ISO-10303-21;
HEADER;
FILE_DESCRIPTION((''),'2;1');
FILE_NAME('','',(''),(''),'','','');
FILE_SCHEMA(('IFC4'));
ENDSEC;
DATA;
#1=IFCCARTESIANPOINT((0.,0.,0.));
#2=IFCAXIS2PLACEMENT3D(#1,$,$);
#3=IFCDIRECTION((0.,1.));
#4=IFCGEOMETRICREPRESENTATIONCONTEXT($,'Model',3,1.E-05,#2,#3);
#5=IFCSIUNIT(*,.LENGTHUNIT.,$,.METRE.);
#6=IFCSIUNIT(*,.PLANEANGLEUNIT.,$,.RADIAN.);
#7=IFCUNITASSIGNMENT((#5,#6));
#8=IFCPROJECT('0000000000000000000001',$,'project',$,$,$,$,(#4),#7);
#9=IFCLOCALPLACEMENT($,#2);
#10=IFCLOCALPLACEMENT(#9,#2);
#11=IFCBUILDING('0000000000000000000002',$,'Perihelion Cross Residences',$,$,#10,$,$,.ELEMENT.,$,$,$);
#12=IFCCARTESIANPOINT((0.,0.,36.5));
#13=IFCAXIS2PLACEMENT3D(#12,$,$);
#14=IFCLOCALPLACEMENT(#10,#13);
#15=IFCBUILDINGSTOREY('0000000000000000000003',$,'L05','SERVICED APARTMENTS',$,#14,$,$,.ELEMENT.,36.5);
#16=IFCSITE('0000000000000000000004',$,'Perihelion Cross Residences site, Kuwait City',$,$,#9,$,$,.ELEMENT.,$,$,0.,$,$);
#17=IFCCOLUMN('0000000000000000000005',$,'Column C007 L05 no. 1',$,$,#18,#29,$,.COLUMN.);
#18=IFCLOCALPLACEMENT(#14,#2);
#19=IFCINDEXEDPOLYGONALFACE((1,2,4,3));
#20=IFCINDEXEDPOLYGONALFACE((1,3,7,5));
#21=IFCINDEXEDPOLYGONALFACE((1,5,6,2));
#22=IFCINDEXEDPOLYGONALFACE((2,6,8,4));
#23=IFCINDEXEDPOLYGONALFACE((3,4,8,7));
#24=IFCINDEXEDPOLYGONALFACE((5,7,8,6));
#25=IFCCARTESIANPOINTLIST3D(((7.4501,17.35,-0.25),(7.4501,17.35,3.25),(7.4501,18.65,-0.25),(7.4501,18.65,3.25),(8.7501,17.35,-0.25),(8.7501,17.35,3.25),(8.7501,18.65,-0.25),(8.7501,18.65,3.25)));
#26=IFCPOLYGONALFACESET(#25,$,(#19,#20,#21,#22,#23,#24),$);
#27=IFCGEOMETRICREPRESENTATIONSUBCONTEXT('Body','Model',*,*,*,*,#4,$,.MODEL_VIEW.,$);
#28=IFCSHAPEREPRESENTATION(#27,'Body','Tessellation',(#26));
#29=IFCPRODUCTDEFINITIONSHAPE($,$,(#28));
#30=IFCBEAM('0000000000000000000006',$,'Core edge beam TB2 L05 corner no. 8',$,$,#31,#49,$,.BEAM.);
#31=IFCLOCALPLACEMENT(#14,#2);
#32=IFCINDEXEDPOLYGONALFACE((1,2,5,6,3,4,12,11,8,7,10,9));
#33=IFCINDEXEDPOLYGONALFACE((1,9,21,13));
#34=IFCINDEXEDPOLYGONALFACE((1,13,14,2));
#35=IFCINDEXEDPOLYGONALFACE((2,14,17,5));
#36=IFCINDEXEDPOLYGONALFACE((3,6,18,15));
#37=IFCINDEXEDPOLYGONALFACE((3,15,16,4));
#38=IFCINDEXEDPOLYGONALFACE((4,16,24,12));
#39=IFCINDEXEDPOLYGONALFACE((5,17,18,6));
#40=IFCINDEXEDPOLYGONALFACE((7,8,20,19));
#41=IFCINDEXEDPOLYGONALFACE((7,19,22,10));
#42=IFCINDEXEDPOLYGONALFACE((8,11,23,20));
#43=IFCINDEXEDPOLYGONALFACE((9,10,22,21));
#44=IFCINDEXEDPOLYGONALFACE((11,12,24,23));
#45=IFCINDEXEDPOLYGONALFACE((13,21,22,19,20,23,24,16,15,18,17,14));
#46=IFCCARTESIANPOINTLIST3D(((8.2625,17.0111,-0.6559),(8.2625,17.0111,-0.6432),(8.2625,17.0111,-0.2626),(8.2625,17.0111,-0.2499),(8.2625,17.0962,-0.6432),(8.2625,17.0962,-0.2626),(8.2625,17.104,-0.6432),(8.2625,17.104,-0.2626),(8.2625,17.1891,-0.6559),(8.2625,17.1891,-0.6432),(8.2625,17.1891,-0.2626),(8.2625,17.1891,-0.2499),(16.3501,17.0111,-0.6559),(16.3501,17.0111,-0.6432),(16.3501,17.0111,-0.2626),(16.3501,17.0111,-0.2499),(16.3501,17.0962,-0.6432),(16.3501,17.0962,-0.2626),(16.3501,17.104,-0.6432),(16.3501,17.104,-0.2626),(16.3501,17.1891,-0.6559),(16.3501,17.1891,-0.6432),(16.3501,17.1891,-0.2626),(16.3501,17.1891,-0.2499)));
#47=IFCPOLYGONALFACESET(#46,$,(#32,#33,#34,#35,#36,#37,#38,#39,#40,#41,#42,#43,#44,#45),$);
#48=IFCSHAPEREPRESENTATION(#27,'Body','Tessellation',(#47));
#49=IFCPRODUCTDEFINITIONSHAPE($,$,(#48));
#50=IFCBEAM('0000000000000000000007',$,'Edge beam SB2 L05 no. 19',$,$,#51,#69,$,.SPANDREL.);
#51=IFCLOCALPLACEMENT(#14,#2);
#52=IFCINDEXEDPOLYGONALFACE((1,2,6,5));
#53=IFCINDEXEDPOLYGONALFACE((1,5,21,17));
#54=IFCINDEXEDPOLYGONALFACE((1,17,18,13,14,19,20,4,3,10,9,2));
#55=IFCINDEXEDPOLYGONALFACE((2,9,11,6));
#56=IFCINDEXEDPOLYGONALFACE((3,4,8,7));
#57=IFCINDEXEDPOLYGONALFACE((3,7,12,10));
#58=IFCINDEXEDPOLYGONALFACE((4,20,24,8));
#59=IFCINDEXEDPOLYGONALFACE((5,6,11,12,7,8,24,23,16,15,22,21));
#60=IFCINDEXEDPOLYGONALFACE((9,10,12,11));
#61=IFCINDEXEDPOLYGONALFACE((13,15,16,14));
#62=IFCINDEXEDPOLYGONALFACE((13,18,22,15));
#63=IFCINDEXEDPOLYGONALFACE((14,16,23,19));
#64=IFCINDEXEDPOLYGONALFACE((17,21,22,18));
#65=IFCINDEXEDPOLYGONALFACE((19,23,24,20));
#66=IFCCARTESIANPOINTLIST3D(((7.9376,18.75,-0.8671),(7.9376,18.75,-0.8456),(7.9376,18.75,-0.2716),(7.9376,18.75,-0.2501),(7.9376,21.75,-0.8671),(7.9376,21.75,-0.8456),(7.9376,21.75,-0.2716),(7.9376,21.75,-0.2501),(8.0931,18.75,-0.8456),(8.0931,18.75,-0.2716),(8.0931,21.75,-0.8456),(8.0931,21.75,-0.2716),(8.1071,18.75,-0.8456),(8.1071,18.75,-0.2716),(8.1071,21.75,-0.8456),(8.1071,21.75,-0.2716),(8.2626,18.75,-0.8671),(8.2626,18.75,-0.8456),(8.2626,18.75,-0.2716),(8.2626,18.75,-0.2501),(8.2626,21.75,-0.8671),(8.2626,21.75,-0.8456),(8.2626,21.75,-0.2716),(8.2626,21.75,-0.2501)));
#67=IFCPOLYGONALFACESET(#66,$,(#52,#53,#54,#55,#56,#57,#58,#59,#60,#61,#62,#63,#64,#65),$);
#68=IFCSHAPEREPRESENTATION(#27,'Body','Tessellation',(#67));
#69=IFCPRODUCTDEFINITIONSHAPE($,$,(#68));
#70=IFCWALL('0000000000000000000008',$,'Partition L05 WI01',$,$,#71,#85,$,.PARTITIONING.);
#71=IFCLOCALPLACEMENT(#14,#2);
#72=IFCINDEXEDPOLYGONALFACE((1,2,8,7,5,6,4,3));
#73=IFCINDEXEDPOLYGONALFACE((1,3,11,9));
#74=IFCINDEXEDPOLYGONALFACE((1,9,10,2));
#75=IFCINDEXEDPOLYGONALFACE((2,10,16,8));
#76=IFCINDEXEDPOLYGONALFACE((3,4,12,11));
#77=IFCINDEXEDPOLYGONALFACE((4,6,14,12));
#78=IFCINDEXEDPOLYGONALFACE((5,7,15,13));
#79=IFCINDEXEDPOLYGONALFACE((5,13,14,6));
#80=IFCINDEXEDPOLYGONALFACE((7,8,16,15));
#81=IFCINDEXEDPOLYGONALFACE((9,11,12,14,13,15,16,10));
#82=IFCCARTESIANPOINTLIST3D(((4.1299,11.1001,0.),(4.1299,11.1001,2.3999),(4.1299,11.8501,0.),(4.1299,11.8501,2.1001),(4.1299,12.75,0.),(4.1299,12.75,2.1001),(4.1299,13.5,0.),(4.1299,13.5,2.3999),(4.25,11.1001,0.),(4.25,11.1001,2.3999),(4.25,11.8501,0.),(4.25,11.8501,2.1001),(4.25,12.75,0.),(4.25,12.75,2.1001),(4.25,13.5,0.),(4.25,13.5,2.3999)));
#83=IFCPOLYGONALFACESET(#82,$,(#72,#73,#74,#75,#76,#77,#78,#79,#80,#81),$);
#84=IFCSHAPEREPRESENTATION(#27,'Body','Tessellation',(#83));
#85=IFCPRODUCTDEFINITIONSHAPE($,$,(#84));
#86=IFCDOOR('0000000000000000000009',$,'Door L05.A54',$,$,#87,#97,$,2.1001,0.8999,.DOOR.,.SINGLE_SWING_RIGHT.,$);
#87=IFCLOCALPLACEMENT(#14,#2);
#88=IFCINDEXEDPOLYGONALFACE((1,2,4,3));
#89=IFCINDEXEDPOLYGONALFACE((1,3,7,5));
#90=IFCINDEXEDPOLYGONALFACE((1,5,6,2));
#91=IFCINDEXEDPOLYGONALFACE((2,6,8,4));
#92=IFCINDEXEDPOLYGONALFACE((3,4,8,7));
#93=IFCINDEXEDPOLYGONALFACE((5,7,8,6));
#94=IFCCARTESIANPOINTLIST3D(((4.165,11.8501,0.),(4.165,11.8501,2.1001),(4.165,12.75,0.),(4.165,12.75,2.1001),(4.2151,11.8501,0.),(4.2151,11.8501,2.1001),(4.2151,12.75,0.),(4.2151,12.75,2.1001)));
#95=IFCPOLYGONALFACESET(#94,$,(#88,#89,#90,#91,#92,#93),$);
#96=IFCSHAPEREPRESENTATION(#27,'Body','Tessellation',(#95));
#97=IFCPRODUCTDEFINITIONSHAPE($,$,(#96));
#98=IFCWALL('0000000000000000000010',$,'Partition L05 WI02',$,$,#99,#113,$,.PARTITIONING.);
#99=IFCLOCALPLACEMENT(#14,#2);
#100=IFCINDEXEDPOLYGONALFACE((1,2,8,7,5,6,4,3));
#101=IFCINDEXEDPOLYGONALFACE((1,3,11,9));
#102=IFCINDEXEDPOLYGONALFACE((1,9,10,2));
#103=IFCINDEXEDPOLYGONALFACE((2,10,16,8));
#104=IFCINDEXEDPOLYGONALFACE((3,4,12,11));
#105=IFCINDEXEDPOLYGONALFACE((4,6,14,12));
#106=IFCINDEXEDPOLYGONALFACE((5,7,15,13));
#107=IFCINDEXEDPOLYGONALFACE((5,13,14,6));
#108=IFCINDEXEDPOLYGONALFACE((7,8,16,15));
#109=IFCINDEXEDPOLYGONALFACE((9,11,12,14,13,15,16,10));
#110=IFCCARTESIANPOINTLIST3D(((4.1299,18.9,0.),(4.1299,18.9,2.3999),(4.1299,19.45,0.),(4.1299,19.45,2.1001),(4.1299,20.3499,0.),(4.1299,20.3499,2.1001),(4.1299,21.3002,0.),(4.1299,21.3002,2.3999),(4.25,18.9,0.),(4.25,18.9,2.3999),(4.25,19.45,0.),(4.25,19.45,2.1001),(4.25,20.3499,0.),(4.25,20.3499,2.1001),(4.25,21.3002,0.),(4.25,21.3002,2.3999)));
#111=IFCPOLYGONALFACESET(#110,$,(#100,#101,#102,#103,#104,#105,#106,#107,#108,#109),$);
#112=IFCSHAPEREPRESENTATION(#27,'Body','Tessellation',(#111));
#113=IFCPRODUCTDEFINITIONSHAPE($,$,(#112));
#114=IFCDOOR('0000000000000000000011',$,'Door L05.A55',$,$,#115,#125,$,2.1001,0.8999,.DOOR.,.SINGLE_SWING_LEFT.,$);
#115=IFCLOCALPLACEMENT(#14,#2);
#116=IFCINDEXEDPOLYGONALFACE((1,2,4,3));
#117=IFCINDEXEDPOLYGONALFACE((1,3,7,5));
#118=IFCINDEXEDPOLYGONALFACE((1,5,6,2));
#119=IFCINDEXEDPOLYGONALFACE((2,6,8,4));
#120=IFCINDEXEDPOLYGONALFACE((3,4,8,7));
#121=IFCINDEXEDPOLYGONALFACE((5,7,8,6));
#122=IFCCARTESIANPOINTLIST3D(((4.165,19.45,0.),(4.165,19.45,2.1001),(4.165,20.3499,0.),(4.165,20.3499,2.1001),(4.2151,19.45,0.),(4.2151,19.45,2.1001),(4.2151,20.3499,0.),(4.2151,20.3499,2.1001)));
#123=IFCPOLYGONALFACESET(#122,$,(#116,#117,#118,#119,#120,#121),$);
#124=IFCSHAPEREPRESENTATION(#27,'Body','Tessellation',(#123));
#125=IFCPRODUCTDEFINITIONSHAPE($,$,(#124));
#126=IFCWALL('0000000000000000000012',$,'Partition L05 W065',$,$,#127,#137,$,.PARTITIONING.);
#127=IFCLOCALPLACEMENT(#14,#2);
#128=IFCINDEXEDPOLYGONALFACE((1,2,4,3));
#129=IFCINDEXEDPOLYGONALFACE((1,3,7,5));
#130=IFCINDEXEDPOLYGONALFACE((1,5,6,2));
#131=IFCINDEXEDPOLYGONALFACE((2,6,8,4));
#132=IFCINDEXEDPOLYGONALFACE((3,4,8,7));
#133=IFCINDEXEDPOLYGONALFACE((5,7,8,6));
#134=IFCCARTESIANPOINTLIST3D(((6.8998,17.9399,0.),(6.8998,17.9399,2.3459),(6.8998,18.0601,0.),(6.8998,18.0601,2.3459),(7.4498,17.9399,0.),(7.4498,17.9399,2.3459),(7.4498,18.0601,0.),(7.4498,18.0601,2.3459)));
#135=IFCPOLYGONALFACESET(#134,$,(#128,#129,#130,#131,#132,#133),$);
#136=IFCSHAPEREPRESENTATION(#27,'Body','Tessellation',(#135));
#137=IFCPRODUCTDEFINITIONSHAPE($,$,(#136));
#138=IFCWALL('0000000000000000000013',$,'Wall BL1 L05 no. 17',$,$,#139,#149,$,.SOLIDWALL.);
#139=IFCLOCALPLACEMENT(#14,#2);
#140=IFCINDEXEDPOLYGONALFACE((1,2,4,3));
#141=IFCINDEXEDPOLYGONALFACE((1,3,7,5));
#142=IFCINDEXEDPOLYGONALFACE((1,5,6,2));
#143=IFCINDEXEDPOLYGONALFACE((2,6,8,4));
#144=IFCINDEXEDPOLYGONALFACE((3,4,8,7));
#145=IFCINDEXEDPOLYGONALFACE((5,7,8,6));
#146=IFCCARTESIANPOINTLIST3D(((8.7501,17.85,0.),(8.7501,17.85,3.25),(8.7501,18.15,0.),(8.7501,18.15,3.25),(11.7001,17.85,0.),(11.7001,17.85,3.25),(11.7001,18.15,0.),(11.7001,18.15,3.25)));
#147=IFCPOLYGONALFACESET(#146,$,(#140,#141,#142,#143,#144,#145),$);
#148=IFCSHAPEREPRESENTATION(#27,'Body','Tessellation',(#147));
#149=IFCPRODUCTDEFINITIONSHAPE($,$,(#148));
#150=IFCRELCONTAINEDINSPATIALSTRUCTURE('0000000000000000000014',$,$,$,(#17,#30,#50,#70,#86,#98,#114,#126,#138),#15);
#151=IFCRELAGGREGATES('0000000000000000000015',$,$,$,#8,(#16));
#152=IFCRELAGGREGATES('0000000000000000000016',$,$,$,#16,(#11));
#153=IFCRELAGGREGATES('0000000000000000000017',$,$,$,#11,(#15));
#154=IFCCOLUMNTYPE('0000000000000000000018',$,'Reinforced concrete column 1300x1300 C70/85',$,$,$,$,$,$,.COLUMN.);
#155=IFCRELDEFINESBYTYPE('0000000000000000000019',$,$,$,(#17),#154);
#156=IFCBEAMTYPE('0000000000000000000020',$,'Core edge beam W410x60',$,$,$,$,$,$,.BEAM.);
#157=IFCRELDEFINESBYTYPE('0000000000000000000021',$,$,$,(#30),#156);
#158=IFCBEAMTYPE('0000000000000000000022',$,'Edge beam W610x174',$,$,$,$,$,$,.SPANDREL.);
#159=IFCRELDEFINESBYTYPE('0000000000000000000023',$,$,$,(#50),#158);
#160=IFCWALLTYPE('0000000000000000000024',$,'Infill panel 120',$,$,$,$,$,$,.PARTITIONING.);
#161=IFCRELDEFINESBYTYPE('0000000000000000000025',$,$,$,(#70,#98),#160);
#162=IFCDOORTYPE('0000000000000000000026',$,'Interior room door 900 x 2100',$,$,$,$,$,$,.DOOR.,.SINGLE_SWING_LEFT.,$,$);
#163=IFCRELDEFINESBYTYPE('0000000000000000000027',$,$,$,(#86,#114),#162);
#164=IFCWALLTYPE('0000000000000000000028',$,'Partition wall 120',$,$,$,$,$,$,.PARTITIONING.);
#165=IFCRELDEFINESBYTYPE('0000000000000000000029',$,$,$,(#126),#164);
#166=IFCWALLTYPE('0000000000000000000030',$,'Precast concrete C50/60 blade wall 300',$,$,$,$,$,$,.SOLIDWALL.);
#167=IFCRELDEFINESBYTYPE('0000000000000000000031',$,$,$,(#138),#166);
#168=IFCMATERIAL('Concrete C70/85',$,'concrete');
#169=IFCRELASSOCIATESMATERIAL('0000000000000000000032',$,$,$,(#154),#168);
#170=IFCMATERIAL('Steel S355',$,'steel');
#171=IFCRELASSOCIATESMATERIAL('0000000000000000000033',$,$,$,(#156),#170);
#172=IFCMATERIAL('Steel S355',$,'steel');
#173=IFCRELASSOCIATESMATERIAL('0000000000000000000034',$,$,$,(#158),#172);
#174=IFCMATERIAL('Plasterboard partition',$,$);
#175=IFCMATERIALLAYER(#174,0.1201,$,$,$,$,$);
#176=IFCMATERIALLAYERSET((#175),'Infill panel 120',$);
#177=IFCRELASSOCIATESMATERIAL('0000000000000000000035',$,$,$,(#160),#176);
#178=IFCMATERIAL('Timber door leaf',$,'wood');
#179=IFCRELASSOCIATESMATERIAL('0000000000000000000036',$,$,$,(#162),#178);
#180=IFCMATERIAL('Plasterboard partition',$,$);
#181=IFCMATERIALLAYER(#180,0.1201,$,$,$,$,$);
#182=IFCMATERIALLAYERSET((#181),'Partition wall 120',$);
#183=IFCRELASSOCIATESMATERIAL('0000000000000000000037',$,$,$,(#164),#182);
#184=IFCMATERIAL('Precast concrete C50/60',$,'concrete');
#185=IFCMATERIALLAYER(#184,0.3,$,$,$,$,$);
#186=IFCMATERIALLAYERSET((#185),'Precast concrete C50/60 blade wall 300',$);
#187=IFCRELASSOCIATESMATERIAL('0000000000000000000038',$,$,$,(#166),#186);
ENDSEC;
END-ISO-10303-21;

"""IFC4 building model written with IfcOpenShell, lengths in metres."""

from ifc_helpers import new_model, si_unit, direction, frame, frame_2d, origin, origin_2d, place, context, subcontext, project, spatial, rectangle, i_section, extrude, material, layer, layer_set, material_profile, profile_set, type_object, element, fill, save


model = new_model("IFC4")

# Units and contexts
model_context = context("Model", 3, precision=1e-05, world=origin(), true_north=direction((0.0, 1.0)))
body_context = subcontext(model_context, "Body", "Model", "MODEL_VIEW")
ifc_project = project(units=[si_unit("LENGTHUNIT", "METRE"), si_unit("PLANEANGLEUNIT", "RADIAN")], contexts=[model_context])

# Site, building, storey
site_placement = place(None, origin())
site = spatial("IfcSite", under=ifc_project, at=site_placement, Name="Perihelion Cross Residences site, Kuwait City", CompositionType="ELEMENT", RefElevation=0.0)
building_placement = place(site_placement, origin())
building = spatial("IfcBuilding", under=site, at=building_placement, Name="Perihelion Cross Residences", CompositionType="ELEMENT")
storey_placement = place(building_placement, frame((0.0, 0.0, 36.5)))
storey = spatial("IfcBuildingStorey", under=building, at=storey_placement, Name="L05", Description="SERVICED APARTMENTS", CompositionType="ELEMENT", Elevation=36.5)

# Column
ifc_material_1 = material(Name="Concrete C70/85", Category="concrete")
ifc_material_profile_1 = material_profile(ifc_material_1, rectangle(XDim=1.3, YDim=1.3, at=origin_2d()), Name="RC 1300x1300")
ifc_profile_set_1 = profile_set([ifc_material_profile_1], Name="Concrete C70/85")
column_type = type_object("IfcColumnType", Name="Reinforced concrete column 1300x1300 C70/85", PredefinedType="COLUMN", material=ifc_profile_set_1)
column_placement = place(storey_placement, frame((8.1001, 18.0, -0.25), z_axis=(0.0, 0.0, 1.0), x_axis=(1.0, 0.0, 0.0)))
element("IfcColumn", 1, at=column_placement, inside=storey, type_object=column_type, Name="Column C007 L05 no. 1", PredefinedType="COLUMN", context=body_context, shape_type="SweptSolid", body=[
    extrude(rectangle(XDim=1.3, YDim=1.3, at=origin_2d()), origin(), (0.0, 0.0, 1.0), 3.5),
])

# Beams
ifc_material_2 = material(Name="Steel S355", Category="steel")
ifc_material_profile_2 = material_profile(ifc_material_2, i_section(OverallWidth=0.178, OverallDepth=0.406, WebThickness=0.0078, FlangeThickness=0.0127, at=origin_2d()), Name="W410x60")
ifc_profile_set_2 = profile_set([ifc_material_profile_2], Name="Steel S355")
beam_type_1 = type_object("IfcBeamType", Name="Core edge beam W410x60", PredefinedType="BEAM", material=ifc_profile_set_2)
beam_1_placement = place(storey_placement, frame((8.2625, 17.1001, -0.4529), z_axis=(1.0, 0.0, 0.0), x_axis=(0.0, 1.0, 0.0)))
element("IfcBeam", 2, at=beam_1_placement, inside=storey, type_object=beam_type_1, Name="Core edge beam TB2 L05 corner no. 8", PredefinedType="BEAM", context=body_context, shape_type="SweptSolid", body=[
    extrude(i_section(OverallWidth=0.178, OverallDepth=0.406, WebThickness=0.0078, FlangeThickness=0.0127, at=origin_2d()), origin(), (0.0, 0.0, 1.0), 8.0876),
])
ifc_material_3 = material(Name="Steel S355", Category="steel")
ifc_material_profile_3 = material_profile(ifc_material_3, i_section(OverallWidth=0.325, OverallDepth=0.6169, WebThickness=0.0139, FlangeThickness=0.0215, at=origin_2d()), Name="W610x174")
ifc_profile_set_3 = profile_set([ifc_material_profile_3], Name="Steel S355")
beam_type_2 = type_object("IfcBeamType", Name="Edge beam W610x174", PredefinedType="SPANDREL", material=ifc_profile_set_3)
beam_2_placement = place(storey_placement, frame((8.1001, 18.75, -0.5586), z_axis=(0.0, 1.0, 0.0), x_axis=(-1.0, 0.0, 0.0)))
element("IfcBeam", 3, at=beam_2_placement, inside=storey, type_object=beam_type_2, Name="Edge beam SB2 L05 no. 19", PredefinedType="SPANDREL", context=body_context, shape_type="SweptSolid", body=[
    extrude(i_section(OverallWidth=0.325, OverallDepth=0.6169, WebThickness=0.0139, FlangeThickness=0.0215, at=origin_2d()), origin(), (0.0, 0.0, 1.0), 3.0),
])

# Walls, openings, doors
ifc_material_4 = material(Name="Plasterboard partition")
ifc_layer_1 = layer(ifc_material_4, 0.1201)
ifc_layer_set_1 = layer_set([ifc_layer_1], Name="Infill panel 120")
wall_type_1 = type_object("IfcWallType", Name="Infill panel 120", PredefinedType="PARTITIONING", material=ifc_layer_set_1)
wall_1_placement = place(storey_placement, frame((4.1899, 11.1001, 0.0), z_axis=(0.0, 0.0, 1.0), x_axis=(0.0, 1.0, 0.0)))
wall_1 = element("IfcWall", 4, at=wall_1_placement, inside=storey, type_object=wall_type_1, Name="Partition L05 WI01", PredefinedType="PARTITIONING", context=body_context, shape_type="SweptSolid", body=[
    extrude(rectangle(XDim=2.3999, YDim=0.1201, at=frame_2d((1.2, 0.0))), origin(), (0.0, 0.0, 1.0), 2.3999),
])
opening_1_placement = place(wall_1_placement, frame((0.75, 0.0, 0.0)))
opening_1 = element("IfcOpeningElement", 5, at=opening_1_placement, cuts=wall_1, PredefinedType="OPENING", context=body_context, shape_type="SweptSolid", body=[
    extrude(rectangle(XDim=0.8999, YDim=2.1001, at=frame_2d((0.45, 1.05))), frame((0.0, 0.0701, 0.0), z_axis=(0.0, -1.0, 0.0), x_axis=(1.0, 0.0, 0.0)), (0.0, 0.0, 1.0), 0.1401),
])
ifc_material_5 = material(Name="Timber door leaf", Category="wood")
door_type_1 = type_object("IfcDoorType", Name="Interior room door 900 x 2100", OperationType="SINGLE_SWING_LEFT", PredefinedType="DOOR", material=ifc_material_5)
door_1_placement = place(opening_1_placement, origin())
door_1 = element("IfcDoor", 6, at=door_1_placement, inside=storey, type_object=door_type_1, Name="Door L05.A54", OperationType="SINGLE_SWING_RIGHT", OverallHeight=2.1001, OverallWidth=0.8999, PredefinedType="DOOR", context=body_context, shape_type="SweptSolid", body=[
    extrude(rectangle(XDim=0.8999, YDim=2.1001, at=frame_2d((0.45, 1.05))), frame((0.0, 0.0249, 0.0), z_axis=(0.0, -1.0, 0.0), x_axis=(1.0, 0.0, 0.0)), (0.0, 0.0, 1.0), 0.05),
])
fill(opening_1, door_1)
wall_2_placement = place(storey_placement, frame((4.1899, 18.8999, 0.0), z_axis=(0.0, 0.0, 1.0), x_axis=(0.0, 1.0, 0.0)))
wall_2 = element("IfcWall", 7, at=wall_2_placement, inside=storey, type_object=wall_type_1, Name="Partition L05 WI02", PredefinedType="PARTITIONING", context=body_context, shape_type="SweptSolid", body=[
    extrude(rectangle(XDim=2.4001, YDim=0.1201, at=frame_2d((1.2002, 0.0))), origin(), (0.0, 0.0, 1.0), 2.3999),
])
opening_2_placement = place(wall_2_placement, frame((0.55, 0.0, 0.0)))
opening_2 = element("IfcOpeningElement", 8, at=opening_2_placement, cuts=wall_2, PredefinedType="OPENING", context=body_context, shape_type="SweptSolid", body=[
    extrude(rectangle(XDim=0.8999, YDim=2.1001, at=frame_2d((0.45, 1.05))), frame((0.0, 0.0701, 0.0), z_axis=(0.0, -1.0, 0.0), x_axis=(1.0, 0.0, 0.0)), (0.0, 0.0, 1.0), 0.1401),
])
door_2_placement = place(opening_2_placement, origin())
door_2 = element("IfcDoor", 9, at=door_2_placement, inside=storey, type_object=door_type_1, Name="Door L05.A55", OperationType="SINGLE_SWING_LEFT", OverallHeight=2.1001, OverallWidth=0.8999, PredefinedType="DOOR", context=body_context, shape_type="SweptSolid", body=[
    extrude(rectangle(XDim=0.8999, YDim=2.1001, at=frame_2d((0.45, 1.05))), frame((0.0, 0.0249, 0.0), z_axis=(0.0, -1.0, 0.0), x_axis=(1.0, 0.0, 0.0)), (0.0, 0.0, 1.0), 0.05),
])
fill(opening_2, door_2)

# Walls
ifc_material_6 = material(Name="Plasterboard partition")
ifc_layer_2 = layer(ifc_material_6, 0.1201)
ifc_layer_set_2 = layer_set([ifc_layer_2], Name="Partition wall 120")
wall_type_2 = type_object("IfcWallType", Name="Partition wall 120", PredefinedType="PARTITIONING", material=ifc_layer_set_2)
wall_3_placement = place(storey_placement, frame((6.8999, 18.0, 0.0), z_axis=(0.0, 0.0, 1.0), x_axis=(1.0, 0.0, 0.0)))
element("IfcWall", 10, at=wall_3_placement, inside=storey, type_object=wall_type_2, Name="Partition L05 W065", PredefinedType="PARTITIONING", context=body_context, shape_type="SweptSolid", body=[
    extrude(rectangle(XDim=0.55, YDim=0.1201, at=frame_2d((0.2749, 0.0))), origin(), (0.0, 0.0, 1.0), 2.3459),
])
ifc_material_7 = material(Name="Precast concrete C50/60", Category="concrete")
ifc_layer_3 = layer(ifc_material_7, 0.3)
ifc_layer_set_3 = layer_set([ifc_layer_3], Name="Precast concrete C50/60 blade wall 300")
wall_type_3 = type_object("IfcWallType", Name="Precast concrete C50/60 blade wall 300", PredefinedType="SOLIDWALL", material=ifc_layer_set_3)
wall_4_placement = place(storey_placement, frame((8.75, 18.0, 0.0), z_axis=(0.0, 0.0, 1.0), x_axis=(1.0, 0.0, 0.0)))
element("IfcWall", 11, at=wall_4_placement, inside=storey, type_object=wall_type_3, Name="Wall BL1 L05 no. 17", PredefinedType="SOLIDWALL", context=body_context, shape_type="SweptSolid", body=[
    extrude(rectangle(XDim=2.95, YDim=0.3, at=frame_2d((1.4751, 0.0))), origin(), (0.0, 0.0, 1.0), 3.25),
])

save(model, "model.ifc")
